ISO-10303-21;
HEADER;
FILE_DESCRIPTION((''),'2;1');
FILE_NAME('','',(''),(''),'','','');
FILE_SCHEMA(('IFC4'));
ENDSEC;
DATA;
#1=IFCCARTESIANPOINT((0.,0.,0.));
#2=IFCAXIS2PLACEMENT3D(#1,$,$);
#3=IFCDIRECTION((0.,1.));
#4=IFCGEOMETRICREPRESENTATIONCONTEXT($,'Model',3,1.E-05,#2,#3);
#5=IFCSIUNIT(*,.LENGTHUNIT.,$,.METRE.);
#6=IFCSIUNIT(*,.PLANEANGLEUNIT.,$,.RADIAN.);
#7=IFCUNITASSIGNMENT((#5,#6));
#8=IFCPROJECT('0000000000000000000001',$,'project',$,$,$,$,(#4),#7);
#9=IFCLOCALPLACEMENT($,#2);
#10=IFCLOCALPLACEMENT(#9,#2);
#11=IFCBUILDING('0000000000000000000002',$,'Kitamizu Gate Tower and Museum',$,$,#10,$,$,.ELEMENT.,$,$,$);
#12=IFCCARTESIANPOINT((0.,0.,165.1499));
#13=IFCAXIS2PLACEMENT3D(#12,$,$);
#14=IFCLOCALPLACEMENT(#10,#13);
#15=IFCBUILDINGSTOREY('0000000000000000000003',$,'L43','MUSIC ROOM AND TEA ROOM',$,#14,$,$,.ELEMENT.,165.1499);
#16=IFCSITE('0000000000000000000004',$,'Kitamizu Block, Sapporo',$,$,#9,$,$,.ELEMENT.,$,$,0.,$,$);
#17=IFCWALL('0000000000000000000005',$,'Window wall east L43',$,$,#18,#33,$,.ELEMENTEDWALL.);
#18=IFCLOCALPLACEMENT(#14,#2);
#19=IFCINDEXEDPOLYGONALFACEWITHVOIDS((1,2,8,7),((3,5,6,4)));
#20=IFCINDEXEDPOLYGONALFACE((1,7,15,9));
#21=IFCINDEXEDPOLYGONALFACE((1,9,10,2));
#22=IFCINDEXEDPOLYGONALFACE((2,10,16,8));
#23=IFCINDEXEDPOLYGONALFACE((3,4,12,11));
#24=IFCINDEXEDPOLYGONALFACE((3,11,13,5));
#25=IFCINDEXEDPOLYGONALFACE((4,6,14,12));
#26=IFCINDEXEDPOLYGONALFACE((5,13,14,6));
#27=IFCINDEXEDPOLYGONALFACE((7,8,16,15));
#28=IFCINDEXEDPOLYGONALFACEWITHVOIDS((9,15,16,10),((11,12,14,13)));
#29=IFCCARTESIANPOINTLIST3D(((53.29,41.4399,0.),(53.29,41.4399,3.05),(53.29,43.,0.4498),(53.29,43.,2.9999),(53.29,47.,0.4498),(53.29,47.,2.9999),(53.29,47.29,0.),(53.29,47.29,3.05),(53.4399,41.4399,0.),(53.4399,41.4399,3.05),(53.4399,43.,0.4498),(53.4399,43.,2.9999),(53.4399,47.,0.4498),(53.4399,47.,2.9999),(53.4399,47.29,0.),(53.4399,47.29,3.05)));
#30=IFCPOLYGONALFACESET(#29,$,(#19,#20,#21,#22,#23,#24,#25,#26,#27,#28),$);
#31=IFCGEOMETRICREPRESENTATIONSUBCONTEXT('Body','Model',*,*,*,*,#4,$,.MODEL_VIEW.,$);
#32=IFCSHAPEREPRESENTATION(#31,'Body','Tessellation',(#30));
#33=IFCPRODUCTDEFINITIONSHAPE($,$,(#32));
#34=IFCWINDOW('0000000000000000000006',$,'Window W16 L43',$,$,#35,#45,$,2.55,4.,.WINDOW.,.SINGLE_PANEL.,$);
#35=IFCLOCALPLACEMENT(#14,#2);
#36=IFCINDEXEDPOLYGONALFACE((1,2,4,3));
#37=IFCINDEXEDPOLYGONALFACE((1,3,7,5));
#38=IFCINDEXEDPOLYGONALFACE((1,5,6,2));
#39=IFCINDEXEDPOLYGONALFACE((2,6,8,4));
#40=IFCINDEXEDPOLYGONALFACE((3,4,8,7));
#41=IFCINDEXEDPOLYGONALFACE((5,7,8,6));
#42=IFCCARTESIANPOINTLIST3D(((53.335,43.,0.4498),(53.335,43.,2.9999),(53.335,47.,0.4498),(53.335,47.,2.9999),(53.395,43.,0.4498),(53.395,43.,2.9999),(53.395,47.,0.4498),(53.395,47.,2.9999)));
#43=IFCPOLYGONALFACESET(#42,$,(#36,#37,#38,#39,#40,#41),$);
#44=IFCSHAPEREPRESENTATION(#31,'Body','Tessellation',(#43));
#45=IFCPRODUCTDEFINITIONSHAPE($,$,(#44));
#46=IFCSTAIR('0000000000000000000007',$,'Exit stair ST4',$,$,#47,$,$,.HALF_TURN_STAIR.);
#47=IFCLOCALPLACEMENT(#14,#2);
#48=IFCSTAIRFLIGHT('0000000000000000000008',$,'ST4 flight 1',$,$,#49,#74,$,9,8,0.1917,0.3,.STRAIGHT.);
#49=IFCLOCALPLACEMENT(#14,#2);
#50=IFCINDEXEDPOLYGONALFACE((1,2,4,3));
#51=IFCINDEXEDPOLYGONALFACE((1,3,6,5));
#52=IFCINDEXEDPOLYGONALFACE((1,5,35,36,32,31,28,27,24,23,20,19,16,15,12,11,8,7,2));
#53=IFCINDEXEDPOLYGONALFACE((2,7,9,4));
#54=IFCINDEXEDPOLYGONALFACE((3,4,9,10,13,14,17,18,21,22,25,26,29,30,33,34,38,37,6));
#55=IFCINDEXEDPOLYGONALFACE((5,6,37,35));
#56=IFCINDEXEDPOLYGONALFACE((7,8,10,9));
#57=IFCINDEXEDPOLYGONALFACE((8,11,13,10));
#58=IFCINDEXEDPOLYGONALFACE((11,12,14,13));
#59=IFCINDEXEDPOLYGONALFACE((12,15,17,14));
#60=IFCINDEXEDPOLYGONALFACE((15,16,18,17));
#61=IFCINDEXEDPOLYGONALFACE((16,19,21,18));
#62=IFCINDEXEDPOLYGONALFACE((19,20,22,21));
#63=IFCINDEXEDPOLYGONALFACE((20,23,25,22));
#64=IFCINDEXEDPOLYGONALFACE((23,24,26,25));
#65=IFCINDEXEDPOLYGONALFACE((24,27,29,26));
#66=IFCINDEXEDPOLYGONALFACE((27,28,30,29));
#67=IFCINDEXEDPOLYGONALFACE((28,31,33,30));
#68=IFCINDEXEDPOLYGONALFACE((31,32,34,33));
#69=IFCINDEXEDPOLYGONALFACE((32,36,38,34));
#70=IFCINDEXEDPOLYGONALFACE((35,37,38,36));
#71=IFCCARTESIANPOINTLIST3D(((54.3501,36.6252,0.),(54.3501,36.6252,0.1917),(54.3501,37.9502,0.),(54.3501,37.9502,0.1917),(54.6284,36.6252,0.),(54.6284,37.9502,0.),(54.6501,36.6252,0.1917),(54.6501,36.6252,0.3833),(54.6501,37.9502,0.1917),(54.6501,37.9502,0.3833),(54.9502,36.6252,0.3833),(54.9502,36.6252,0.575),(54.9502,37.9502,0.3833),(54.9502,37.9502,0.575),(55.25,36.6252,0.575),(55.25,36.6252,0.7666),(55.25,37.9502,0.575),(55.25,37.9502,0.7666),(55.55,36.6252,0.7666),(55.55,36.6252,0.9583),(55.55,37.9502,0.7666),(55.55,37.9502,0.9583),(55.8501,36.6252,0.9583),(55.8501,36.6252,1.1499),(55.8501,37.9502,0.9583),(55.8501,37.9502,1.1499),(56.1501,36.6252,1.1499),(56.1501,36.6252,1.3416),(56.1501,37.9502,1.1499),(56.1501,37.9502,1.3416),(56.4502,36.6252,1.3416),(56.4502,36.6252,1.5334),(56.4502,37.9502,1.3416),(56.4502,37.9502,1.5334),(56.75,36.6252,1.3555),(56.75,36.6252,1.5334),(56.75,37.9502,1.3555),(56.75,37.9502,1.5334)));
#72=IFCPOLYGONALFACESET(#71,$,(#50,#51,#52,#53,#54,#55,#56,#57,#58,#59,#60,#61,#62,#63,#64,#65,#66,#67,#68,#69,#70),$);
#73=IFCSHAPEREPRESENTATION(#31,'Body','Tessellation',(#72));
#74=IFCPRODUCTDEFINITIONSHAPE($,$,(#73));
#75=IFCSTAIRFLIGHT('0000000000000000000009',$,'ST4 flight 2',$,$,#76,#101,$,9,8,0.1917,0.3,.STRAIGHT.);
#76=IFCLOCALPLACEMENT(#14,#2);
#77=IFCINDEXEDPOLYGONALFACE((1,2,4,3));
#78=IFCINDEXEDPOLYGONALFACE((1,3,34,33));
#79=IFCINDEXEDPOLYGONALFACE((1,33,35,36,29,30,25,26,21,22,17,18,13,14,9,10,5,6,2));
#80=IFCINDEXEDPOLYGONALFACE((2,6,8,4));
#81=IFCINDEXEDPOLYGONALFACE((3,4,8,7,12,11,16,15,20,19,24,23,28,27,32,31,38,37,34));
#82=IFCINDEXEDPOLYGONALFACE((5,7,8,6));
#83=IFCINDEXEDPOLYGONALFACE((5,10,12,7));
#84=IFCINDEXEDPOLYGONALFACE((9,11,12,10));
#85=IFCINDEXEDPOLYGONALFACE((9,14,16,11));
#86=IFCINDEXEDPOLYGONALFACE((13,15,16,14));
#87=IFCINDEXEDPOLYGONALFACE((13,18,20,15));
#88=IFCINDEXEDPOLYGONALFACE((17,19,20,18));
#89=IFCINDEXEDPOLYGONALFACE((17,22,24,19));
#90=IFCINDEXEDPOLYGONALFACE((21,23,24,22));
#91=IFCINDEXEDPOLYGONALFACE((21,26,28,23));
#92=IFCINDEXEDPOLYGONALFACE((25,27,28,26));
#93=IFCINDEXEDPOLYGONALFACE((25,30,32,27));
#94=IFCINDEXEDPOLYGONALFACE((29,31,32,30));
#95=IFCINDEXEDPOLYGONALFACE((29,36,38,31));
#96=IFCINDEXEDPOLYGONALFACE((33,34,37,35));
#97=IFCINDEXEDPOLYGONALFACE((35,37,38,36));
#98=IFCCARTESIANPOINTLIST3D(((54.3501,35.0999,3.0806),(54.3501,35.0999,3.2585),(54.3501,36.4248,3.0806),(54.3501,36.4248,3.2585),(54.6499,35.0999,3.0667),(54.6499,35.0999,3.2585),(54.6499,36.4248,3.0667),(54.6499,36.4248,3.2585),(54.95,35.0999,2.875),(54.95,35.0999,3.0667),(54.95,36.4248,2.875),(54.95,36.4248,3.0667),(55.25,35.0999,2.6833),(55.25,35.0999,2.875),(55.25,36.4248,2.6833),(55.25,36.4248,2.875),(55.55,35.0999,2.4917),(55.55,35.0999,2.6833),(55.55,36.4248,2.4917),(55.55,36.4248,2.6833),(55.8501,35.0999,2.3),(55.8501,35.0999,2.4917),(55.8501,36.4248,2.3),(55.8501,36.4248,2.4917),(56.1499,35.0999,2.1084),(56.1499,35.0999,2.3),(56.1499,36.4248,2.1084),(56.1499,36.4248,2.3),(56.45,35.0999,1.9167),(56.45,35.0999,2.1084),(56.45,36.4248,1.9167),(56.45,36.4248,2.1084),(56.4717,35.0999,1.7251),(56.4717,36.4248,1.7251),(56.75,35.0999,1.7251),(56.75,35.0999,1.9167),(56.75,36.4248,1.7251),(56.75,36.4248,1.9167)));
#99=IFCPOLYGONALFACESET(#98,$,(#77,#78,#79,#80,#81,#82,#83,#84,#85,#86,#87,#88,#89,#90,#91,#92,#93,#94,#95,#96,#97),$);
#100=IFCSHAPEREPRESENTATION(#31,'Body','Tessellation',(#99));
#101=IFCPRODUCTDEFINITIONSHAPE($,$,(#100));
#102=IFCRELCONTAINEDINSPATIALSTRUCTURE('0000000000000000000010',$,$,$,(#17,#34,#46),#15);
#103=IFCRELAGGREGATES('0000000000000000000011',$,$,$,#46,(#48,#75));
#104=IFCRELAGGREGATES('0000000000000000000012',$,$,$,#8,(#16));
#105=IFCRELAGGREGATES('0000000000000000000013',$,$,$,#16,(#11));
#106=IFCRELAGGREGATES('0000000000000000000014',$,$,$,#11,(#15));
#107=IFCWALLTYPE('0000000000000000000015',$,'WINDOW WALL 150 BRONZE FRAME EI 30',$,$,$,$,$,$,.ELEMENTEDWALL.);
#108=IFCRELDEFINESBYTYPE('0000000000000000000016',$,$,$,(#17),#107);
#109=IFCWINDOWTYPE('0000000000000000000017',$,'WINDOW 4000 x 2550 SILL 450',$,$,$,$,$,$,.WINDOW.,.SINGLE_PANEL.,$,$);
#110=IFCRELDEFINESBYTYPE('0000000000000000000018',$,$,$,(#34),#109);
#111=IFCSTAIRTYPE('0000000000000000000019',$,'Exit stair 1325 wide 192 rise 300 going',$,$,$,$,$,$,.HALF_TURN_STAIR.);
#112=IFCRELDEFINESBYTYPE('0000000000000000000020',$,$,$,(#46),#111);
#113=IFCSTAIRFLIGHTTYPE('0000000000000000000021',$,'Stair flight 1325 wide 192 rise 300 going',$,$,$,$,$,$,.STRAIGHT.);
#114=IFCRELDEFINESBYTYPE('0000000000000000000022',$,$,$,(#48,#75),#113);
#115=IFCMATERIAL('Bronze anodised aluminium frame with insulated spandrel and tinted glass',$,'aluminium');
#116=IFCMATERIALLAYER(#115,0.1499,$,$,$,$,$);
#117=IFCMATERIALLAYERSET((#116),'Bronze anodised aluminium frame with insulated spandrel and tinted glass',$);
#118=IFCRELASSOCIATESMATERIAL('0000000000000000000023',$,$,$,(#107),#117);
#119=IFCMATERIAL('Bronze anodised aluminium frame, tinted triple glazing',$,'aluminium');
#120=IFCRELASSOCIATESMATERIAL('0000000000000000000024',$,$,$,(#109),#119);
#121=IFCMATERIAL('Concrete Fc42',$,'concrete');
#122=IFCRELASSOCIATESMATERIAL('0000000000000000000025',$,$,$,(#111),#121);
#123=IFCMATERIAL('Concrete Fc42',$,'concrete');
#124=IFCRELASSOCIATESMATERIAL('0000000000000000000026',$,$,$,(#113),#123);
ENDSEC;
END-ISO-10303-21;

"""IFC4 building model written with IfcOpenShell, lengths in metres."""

from ifc_helpers import new_model, si_unit, direction, frame, frame_2d, origin, place, context, subcontext, project, spatial, polyline, rectangle, outline, extrude, material, layer, layer_set, type_object, element, fill, aggregate, save


model = new_model("IFC4")

# Units and contexts
model_context = context("Model", 3, precision=1e-05, world=origin(), true_north=direction((0.0, 1.0)))
body_context = subcontext(model_context, "Body", "Model", "MODEL_VIEW")
ifc_project = project(units=[si_unit("LENGTHUNIT", "METRE"), si_unit("PLANEANGLEUNIT", "RADIAN")], contexts=[model_context])

# Site, building, storey
site_placement = place(None, origin())
site = spatial("IfcSite", under=ifc_project, at=site_placement, Name="Kitamizu Block, Sapporo", CompositionType="ELEMENT", RefElevation=0.0)
building_placement = place(site_placement, origin())
building = spatial("IfcBuilding", under=site, at=building_placement, Name="Kitamizu Gate Tower and Museum", CompositionType="ELEMENT")
storey_placement = place(building_placement, frame((0.0, 0.0, 165.1499)))
storey = spatial("IfcBuildingStorey", under=building, at=storey_placement, Name="L43", Description="MUSIC ROOM AND TEA ROOM", CompositionType="ELEMENT", Elevation=165.1499)

# Shared definitions
ifc_material_1 = material(Name="Bronze anodised aluminium frame with insulated spandrel and tinted glass", Category="aluminium")
ifc_layer_1 = layer(ifc_material_1, 0.1499)
ifc_layer_set_1 = layer_set([ifc_layer_1], Name="Bronze anodised aluminium frame with insulated spandrel and tinted glass")
wall_type_1 = type_object("IfcWallType", Name="WINDOW WALL 150 BRONZE FRAME EI 30", PredefinedType="ELEMENTEDWALL", material=ifc_layer_set_1)

# Wall, opening, window
ifc_material_2 = material(Name="Bronze anodised aluminium frame, tinted triple glazing", Category="aluminium")
window_type = type_object("IfcWindowType", Name="WINDOW 4000 x 2550 SILL 450", PartitioningType="SINGLE_PANEL", PredefinedType="WINDOW", material=ifc_material_2)
wall_1_placement = place(storey_placement, frame((53.365, 41.4399, 0.0), z_axis=(0.0, 0.0, 1.0), x_axis=(0.0, 1.0, 0.0)))
wall_1 = element("IfcWall", 1, at=wall_1_placement, inside=storey, type_object=wall_type_1, Name="Window wall east L43", PredefinedType="ELEMENTEDWALL", context=body_context, shape_type="SweptSolid", body=[
    extrude(rectangle(XDim=5.8501, YDim=0.1499, at=frame_2d((2.925, 0.0))), origin(), (0.0, 0.0, 1.0), 3.05),
])
opening_1_placement = place(wall_1_placement, frame((1.5601, 0.0, 0.45)))
opening_1 = element("IfcOpeningElement", 2, at=opening_1_placement, cuts=wall_1, PredefinedType="OPENING", context=body_context, shape_type="SweptSolid", body=[
    extrude(rectangle(XDim=4.0, YDim=2.55, at=frame_2d((2.0, 1.2749))), frame((0.0, 0.085, 0.0), z_axis=(0.0, -1.0, 0.0), x_axis=(1.0, 0.0, 0.0)), (0.0, 0.0, 1.0), 0.1699),
])
window_1_placement = place(opening_1_placement, origin())
window_1 = element("IfcWindow", 3, at=window_1_placement, inside=storey, type_object=window_type, Name="Window W16 L43", OverallHeight=2.55, OverallWidth=4.0, PartitioningType="SINGLE_PANEL", PredefinedType="WINDOW", context=body_context, shape_type="SweptSolid", body=[
    extrude(rectangle(XDim=4.0, YDim=2.55, at=frame_2d((2.0, 1.2749))), frame((0.0, 0.03, 0.0), z_axis=(0.0, -1.0, 0.0), x_axis=(1.0, 0.0, 0.0)), (0.0, 0.0, 1.0), 0.0601),
])
fill(opening_1, window_1)

# Stair, stair flights
ifc_material_3 = material(Name="Concrete Fc42", Category="concrete")
stair_type = type_object("IfcStairType", Name="Exit stair 1325 wide 192 rise 300 going", PredefinedType="HALF_TURN_STAIR", material=ifc_material_3)
stair_placement = place(storey_placement, origin())
stair = element("IfcStair", 4, at=stair_placement, inside=storey, type_object=stair_type, Name="Exit stair ST4", PredefinedType="HALF_TURN_STAIR")
ifc_material_4 = material(Name="Concrete Fc42", Category="concrete")
stair_flight_type = type_object("IfcStairFlightType", Name="Stair flight 1325 wide 192 rise 300 going", PredefinedType="STRAIGHT", material=ifc_material_4)
stair_flight_1_placement = place(storey_placement, frame((54.3501, 37.2876, 0.0), z_axis=(0.0, 0.0, 1.0), x_axis=(1.0, 0.0, 0.0)))
stair_flight_1 = element("IfcStairFlight", 5, at=stair_flight_1_placement, type_object=stair_flight_type, Name="ST4 flight 1", NumberOfRisers=9, NumberOfTreads=8, PredefinedType="STRAIGHT", RiserHeight=0.1917, TreadLength=0.3, context=body_context, shape_type="SweptSolid", body=[
    extrude(outline(polyline([(0.0, 0.0), (0.0, 0.1917), (0.3, 0.1917), (0.3, 0.3833), (0.6001, 0.3833), (0.6001, 0.575), (0.8999, 0.575), (0.8999, 0.7666), (1.2, 0.7666), (1.2, 0.9583), (1.5, 0.9583), (1.5, 1.1499), (1.8, 1.1499), (1.8, 1.3416), (2.1001, 1.3416), (2.1001, 1.5334), (2.3999, 1.5334), (2.3999, 1.7251), (2.3999, 1.3555), (0.2783, 0.0), (0.0, 0.0)])), frame((0.0, 0.6626, 0.0), z_axis=(0.0, -1.0, 0.0), x_axis=(1.0, 0.0, 0.0)), (0.0, 0.0, 1.0), 1.325),
])
stair_flight_2_placement = place(storey_placement, frame((56.75, 35.7625, 1.7251), z_axis=(0.0, 0.0, 1.0), x_axis=(-1.0, 0.0, 0.0)))
stair_flight_2 = element("IfcStairFlight", 6, at=stair_flight_2_placement, type_object=stair_flight_type, Name="ST4 flight 2", NumberOfRisers=9, NumberOfTreads=8, PredefinedType="STRAIGHT", RiserHeight=0.1917, TreadLength=0.3, context=body_context, shape_type="SweptSolid", body=[
    extrude(outline(polyline([(0.0, 0.0), (0.0, 0.1917), (0.3, 0.1917), (0.3, 0.3833), (0.6001, 0.3833), (0.6001, 0.575), (0.8999, 0.575), (0.8999, 0.7666), (1.2, 0.7666), (1.2, 0.9583), (1.5, 0.9583), (1.5, 1.1499), (1.8, 1.1499), (1.8, 1.3416), (2.1001, 1.3416), (2.1001, 1.5334), (2.3999, 1.5334), (2.3999, 1.7251), (2.3999, 1.3555), (0.2783, 0.0), (0.0, 0.0)])), frame((0.0, 0.6626, 0.0), z_axis=(0.0, -1.0, 0.0), x_axis=(1.0, 0.0, 0.0)), (0.0, 0.0, 1.0), 1.325),
])
aggregate(stair, [stair_flight_1, stair_flight_2])

save(model, "model.ifc")
